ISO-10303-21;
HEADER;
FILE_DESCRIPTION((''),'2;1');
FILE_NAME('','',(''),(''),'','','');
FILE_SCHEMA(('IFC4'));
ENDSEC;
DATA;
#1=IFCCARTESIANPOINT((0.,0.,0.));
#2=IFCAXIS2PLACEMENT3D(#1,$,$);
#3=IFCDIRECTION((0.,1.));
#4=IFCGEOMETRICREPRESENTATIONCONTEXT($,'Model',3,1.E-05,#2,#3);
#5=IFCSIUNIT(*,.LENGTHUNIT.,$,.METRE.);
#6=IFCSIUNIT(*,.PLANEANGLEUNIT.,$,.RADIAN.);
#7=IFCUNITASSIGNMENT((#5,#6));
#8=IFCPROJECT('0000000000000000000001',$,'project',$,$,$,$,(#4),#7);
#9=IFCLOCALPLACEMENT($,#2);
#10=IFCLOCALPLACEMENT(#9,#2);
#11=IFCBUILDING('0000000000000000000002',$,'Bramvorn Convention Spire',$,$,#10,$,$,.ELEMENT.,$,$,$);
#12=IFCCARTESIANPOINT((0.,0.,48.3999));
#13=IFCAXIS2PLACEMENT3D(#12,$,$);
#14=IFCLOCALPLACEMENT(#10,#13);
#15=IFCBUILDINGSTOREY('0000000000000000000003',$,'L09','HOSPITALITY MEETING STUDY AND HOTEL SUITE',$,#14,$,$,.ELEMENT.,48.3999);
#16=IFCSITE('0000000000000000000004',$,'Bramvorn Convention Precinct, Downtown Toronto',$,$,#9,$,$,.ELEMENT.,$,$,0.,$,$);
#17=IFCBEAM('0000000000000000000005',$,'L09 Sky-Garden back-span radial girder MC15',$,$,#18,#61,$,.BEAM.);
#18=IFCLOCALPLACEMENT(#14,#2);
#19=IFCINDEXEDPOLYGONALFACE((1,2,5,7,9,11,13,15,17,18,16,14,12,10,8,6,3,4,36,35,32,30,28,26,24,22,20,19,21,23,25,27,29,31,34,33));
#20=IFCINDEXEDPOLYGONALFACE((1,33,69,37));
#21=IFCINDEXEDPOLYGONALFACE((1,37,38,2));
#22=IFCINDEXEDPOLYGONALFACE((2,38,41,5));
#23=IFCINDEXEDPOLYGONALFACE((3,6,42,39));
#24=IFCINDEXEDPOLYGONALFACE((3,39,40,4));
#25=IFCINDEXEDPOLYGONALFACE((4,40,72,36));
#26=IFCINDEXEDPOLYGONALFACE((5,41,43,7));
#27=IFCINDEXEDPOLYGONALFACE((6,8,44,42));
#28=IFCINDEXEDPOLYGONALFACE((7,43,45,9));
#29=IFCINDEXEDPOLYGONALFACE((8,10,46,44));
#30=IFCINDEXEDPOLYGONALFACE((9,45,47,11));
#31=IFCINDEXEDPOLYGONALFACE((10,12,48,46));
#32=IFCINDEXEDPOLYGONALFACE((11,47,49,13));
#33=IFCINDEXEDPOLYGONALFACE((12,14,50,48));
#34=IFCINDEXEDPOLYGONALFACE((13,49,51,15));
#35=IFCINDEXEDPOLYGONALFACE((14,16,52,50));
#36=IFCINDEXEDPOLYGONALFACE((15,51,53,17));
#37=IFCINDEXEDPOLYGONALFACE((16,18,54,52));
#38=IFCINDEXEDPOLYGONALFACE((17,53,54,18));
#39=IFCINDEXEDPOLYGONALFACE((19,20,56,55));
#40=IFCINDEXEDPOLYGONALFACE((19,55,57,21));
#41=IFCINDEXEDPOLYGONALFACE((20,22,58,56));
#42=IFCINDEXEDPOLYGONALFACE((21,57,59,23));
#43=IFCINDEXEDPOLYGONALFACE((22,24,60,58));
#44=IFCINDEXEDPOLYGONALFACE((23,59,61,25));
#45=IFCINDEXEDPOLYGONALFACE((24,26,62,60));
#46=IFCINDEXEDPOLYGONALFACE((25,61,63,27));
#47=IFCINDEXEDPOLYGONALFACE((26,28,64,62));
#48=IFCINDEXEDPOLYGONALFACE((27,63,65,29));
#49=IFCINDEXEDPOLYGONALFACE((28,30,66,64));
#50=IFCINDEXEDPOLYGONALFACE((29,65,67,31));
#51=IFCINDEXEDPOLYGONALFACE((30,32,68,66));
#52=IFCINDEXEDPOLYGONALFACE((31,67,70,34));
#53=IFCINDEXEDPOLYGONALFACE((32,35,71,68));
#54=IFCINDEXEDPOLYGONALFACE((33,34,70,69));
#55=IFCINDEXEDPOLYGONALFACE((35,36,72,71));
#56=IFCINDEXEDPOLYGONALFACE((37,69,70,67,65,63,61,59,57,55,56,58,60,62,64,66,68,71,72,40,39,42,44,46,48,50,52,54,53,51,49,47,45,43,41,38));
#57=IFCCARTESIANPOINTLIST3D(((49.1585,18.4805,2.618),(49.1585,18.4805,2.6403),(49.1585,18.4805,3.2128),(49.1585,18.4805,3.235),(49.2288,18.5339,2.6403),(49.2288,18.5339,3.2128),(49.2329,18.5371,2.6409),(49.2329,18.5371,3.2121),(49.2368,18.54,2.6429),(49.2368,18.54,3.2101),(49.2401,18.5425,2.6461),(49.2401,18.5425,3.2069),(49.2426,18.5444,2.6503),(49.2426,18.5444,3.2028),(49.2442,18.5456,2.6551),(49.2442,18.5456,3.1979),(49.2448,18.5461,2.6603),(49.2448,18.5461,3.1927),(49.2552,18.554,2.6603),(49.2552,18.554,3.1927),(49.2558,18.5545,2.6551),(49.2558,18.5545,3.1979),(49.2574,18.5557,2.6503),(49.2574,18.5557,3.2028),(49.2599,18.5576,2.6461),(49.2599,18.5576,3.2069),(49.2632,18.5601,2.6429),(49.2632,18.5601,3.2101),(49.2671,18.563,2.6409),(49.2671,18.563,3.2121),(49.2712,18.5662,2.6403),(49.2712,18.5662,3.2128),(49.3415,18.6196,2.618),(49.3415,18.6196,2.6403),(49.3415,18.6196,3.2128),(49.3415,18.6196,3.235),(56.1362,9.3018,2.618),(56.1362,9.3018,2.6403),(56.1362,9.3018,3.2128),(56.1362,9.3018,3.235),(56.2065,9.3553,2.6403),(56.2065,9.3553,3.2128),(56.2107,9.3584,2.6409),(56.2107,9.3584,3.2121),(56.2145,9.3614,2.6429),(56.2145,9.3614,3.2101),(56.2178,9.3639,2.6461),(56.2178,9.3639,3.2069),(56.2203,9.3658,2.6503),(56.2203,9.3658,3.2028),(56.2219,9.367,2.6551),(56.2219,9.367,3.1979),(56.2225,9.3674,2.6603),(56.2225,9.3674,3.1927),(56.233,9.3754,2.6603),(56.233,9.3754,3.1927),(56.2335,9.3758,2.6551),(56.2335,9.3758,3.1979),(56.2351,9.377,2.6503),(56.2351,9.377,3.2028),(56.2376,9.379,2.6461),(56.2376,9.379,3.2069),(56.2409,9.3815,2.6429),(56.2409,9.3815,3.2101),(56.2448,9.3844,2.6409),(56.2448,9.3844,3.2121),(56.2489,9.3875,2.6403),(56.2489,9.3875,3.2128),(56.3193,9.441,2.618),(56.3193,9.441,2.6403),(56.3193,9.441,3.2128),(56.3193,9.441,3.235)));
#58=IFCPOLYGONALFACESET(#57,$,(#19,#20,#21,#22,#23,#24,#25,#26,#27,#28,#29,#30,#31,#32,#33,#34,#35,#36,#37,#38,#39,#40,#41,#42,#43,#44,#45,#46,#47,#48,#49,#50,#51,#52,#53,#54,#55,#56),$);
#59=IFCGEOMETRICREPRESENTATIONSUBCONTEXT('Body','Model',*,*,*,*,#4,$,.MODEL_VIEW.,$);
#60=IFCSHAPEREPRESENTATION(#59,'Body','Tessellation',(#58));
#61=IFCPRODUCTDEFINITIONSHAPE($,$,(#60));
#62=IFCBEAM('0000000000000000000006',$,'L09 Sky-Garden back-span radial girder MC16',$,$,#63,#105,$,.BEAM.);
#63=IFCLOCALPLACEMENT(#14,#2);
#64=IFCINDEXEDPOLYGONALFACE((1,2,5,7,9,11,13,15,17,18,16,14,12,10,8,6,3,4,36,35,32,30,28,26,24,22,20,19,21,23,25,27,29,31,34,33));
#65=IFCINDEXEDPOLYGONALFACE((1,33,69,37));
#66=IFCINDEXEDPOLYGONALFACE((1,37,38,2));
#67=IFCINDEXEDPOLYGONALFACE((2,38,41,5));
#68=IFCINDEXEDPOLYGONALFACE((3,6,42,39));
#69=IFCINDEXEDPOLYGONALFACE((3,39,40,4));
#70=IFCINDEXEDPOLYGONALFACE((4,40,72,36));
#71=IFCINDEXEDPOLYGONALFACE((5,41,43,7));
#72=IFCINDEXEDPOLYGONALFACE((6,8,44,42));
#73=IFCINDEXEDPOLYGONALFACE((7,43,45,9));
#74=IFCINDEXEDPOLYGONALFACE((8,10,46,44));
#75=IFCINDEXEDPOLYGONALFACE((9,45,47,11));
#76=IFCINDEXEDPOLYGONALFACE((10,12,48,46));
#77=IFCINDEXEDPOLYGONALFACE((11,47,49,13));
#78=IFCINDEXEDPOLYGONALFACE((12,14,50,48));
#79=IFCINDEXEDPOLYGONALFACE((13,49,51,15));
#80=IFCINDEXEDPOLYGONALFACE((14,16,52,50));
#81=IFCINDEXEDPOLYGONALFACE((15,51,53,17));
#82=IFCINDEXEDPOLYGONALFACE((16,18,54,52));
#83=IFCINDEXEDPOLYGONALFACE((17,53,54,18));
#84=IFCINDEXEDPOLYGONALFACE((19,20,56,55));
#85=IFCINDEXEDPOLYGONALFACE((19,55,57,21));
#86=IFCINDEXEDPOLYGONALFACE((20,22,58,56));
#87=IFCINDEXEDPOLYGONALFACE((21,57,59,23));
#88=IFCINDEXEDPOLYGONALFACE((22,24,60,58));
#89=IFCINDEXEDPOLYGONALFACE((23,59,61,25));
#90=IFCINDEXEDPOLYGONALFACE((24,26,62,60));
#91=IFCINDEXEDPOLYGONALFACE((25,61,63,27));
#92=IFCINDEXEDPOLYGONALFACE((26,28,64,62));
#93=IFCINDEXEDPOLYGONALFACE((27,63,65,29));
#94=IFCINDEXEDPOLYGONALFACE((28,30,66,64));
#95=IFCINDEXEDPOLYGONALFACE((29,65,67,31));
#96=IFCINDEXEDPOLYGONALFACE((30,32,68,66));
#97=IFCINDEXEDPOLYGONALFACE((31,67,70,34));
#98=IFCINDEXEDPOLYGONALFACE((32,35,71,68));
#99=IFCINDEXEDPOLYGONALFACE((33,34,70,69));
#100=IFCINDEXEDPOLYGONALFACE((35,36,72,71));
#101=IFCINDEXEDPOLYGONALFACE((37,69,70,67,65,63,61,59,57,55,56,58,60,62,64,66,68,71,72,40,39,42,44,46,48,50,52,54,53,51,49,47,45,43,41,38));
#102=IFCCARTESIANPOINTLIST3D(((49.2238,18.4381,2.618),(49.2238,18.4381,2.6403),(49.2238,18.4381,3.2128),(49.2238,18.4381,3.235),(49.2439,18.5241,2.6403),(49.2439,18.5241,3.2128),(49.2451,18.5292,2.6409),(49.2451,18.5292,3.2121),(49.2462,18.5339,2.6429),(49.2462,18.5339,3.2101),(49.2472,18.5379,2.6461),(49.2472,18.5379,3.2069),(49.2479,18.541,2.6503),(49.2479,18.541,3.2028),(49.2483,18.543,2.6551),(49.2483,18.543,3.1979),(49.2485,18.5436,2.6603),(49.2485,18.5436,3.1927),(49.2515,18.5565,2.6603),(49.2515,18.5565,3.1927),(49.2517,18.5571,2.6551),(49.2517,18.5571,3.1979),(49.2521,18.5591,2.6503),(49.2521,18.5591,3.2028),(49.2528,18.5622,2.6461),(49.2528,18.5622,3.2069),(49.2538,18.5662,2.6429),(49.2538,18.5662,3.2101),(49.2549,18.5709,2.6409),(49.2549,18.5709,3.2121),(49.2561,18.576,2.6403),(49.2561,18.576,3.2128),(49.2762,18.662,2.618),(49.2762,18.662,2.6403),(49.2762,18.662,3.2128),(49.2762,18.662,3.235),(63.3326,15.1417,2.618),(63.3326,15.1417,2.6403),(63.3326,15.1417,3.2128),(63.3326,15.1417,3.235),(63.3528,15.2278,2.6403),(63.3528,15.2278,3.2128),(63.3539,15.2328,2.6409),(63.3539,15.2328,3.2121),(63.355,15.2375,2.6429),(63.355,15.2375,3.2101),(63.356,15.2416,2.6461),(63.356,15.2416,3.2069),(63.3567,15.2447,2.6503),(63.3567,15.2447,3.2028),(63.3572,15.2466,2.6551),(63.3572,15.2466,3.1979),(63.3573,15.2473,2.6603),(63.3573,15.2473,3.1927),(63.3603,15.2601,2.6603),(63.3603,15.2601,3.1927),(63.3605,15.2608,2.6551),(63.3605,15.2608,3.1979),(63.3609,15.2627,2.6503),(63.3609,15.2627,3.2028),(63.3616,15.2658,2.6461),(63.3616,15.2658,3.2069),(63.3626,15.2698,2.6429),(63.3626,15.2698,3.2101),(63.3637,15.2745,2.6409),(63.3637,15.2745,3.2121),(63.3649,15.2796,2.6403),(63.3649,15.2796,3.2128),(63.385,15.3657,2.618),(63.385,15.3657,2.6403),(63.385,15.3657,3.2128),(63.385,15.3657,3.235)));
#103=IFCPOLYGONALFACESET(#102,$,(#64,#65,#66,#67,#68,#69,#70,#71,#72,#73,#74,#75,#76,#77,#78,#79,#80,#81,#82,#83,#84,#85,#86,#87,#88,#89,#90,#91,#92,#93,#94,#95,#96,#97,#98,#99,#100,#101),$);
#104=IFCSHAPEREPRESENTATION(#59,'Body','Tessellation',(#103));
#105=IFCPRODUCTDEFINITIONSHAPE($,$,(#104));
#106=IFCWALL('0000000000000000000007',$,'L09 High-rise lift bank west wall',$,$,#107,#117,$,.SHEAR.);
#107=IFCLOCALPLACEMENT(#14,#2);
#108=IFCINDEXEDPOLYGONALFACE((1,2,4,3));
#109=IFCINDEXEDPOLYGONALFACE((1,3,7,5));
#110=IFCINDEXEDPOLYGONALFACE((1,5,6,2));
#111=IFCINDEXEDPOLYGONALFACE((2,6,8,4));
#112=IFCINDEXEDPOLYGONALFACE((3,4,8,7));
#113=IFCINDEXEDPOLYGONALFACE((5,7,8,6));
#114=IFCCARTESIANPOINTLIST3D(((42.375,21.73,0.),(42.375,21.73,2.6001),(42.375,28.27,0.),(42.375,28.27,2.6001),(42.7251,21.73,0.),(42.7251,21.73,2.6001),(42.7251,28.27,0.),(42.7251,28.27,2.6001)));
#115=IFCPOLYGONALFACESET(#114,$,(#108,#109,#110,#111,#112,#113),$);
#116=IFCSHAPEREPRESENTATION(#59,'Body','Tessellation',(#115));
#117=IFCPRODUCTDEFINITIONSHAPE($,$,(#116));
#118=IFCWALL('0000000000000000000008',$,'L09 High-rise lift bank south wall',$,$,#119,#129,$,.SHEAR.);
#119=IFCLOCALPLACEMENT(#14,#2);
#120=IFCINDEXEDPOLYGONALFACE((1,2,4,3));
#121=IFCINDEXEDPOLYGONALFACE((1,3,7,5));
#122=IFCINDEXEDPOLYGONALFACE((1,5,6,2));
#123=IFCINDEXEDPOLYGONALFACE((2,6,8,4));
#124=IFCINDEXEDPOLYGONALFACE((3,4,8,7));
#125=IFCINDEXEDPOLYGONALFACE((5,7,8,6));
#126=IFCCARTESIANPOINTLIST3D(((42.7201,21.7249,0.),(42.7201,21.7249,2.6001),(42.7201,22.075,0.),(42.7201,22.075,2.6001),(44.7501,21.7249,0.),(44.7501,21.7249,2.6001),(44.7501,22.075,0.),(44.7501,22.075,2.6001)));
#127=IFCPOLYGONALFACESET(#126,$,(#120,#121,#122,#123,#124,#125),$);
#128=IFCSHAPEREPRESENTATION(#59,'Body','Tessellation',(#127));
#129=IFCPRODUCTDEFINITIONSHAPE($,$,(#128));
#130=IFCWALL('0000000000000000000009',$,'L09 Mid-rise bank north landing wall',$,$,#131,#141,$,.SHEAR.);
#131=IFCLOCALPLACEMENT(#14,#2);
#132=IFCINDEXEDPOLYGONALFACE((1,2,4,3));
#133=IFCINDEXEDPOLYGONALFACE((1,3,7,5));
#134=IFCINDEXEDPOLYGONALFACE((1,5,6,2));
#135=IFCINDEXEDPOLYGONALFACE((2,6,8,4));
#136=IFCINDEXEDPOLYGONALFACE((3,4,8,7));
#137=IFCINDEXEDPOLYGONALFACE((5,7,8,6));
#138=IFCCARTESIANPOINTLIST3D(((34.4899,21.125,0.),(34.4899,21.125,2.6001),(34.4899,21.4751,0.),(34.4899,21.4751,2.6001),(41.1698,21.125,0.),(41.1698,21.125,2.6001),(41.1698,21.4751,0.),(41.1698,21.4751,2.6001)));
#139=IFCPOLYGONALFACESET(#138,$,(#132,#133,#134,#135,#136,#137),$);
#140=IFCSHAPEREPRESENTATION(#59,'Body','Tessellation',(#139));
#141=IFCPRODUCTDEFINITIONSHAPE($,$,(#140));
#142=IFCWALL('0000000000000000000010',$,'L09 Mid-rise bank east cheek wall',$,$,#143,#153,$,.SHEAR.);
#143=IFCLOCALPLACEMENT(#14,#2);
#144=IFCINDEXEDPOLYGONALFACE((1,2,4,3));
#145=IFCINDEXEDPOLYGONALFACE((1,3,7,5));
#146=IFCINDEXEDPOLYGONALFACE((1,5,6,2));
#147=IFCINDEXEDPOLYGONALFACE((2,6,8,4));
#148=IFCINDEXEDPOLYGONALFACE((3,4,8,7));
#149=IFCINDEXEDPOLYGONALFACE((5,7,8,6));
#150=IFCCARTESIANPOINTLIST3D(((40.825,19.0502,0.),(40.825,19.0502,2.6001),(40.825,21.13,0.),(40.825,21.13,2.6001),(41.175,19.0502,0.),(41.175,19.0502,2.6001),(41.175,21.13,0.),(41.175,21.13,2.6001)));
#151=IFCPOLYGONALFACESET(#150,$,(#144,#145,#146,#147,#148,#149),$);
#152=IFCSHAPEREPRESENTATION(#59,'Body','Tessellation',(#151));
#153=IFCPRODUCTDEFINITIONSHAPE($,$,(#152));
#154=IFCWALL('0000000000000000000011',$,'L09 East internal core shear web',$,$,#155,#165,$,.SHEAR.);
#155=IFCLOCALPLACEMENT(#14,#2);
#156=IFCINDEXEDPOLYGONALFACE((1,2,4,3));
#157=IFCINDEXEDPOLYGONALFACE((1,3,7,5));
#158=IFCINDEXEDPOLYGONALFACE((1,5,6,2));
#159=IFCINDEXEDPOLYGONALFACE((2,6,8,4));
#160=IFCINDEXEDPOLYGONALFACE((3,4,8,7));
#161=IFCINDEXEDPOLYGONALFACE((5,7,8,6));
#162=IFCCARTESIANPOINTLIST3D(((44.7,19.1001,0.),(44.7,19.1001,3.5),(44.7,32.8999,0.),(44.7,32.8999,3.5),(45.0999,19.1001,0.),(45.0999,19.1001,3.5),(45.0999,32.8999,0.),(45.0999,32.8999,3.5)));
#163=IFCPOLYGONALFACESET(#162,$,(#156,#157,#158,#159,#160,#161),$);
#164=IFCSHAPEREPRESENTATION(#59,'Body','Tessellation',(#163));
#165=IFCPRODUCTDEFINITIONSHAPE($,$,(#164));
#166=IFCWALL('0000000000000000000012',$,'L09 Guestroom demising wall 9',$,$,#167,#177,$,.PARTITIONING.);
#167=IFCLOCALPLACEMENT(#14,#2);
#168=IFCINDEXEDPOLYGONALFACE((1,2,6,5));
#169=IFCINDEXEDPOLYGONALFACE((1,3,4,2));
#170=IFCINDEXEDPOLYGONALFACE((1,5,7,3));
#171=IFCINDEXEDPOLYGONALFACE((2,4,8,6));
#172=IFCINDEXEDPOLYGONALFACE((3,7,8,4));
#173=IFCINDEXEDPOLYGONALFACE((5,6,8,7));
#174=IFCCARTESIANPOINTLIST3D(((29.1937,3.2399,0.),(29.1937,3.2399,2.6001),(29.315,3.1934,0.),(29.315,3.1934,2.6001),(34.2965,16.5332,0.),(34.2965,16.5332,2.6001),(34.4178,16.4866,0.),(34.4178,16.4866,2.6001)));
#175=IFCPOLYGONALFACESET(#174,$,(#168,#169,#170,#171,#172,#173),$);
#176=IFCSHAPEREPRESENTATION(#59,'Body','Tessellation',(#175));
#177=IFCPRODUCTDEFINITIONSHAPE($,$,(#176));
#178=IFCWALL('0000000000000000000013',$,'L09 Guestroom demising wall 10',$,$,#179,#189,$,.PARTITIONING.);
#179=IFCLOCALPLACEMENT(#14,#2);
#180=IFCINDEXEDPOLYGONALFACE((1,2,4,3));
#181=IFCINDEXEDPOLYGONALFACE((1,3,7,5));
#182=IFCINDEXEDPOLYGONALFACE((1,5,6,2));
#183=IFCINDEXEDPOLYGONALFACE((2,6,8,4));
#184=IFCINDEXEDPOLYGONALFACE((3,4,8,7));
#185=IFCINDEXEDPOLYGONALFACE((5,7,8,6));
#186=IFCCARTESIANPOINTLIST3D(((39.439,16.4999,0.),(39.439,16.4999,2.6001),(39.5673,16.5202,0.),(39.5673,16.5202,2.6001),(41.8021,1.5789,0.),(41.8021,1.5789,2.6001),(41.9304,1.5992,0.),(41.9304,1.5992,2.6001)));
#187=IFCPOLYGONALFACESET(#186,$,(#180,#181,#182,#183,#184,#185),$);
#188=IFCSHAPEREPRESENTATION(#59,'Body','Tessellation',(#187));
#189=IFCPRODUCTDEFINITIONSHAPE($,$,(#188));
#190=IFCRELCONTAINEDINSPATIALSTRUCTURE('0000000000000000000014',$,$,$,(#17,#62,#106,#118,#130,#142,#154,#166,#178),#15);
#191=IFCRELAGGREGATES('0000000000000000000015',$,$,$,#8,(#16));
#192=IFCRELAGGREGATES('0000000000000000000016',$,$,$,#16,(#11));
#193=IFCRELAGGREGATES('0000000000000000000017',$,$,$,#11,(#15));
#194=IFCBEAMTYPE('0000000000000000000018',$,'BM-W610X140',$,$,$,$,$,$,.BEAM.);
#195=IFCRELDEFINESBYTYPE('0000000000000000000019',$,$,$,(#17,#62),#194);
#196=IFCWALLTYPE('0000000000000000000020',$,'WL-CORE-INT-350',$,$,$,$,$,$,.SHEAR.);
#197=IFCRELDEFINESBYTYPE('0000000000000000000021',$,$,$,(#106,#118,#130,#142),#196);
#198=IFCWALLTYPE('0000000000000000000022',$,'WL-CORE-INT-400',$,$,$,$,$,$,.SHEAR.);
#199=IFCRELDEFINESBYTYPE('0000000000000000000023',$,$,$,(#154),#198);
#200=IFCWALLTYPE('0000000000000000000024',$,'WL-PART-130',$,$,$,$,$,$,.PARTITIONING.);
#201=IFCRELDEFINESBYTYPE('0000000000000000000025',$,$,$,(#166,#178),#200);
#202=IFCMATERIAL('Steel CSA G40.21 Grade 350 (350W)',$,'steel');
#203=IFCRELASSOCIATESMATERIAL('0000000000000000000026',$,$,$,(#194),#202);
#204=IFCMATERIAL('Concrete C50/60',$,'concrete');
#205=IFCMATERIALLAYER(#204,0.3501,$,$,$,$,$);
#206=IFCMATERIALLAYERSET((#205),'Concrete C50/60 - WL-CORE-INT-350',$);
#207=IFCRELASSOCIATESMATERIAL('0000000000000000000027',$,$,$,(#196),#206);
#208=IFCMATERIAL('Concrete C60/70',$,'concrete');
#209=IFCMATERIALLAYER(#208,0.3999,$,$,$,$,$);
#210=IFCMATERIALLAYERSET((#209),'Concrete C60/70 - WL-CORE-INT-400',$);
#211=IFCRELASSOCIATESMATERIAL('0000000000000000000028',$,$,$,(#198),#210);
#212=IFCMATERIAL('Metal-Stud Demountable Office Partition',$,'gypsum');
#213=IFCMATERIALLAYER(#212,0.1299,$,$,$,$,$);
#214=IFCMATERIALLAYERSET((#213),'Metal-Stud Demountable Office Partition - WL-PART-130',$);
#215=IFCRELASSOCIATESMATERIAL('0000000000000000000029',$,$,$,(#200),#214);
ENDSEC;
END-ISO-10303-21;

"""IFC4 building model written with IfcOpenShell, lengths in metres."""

from ifc_helpers import new_model, si_unit, direction, frame, frame_2d, origin, origin_2d, place, context, subcontext, project, spatial, rectangle, i_section, extrude, material, layer, layer_set, material_profile, profile_set, type_object, element, save


model = new_model("IFC4")

# Units and contexts
model_context = context("Model", 3, precision=1e-05, world=origin(), true_north=direction((0.0, 1.0)))
body_context = subcontext(model_context, "Body", "Model", "MODEL_VIEW")
ifc_project = project(units=[si_unit("LENGTHUNIT", "METRE"), si_unit("PLANEANGLEUNIT", "RADIAN")], contexts=[model_context])

# Site, building, storey
site_placement = place(None, origin())
site = spatial("IfcSite", under=ifc_project, at=site_placement, Name="Bramvorn Convention Precinct, Downtown Toronto", CompositionType="ELEMENT", RefElevation=0.0)
building_placement = place(site_placement, origin())
building = spatial("IfcBuilding", under=site, at=building_placement, Name="Bramvorn Convention Spire", CompositionType="ELEMENT")
storey_placement = place(building_placement, frame((0.0, 0.0, 48.3999)))
storey = spatial("IfcBuildingStorey", under=building, at=storey_placement, Name="L09", Description="HOSPITALITY MEETING STUDY AND HOTEL SUITE", CompositionType="ELEMENT", Elevation=48.3999)

# Beams
ifc_material_1 = material(Name="Steel CSA G40.21 Grade 350 (350W)", Category="steel")
ifc_material_profile_1 = material_profile(ifc_material_1, i_section(OverallWidth=0.23, OverallDepth=0.6169, WebThickness=0.0132, FlangeThickness=0.0222, FilletRadius=0.02, at=origin_2d()))
ifc_profile_set_1 = profile_set([ifc_material_profile_1], Name="Steel CSA G40.21 Grade 350 (350W) - W610X140")
beam_type_1 = type_object("IfcBeamType", Name="BM-W610X140", PredefinedType="BEAM", material=ifc_profile_set_1)
beam_1_placement = place(storey_placement, frame((49.25, 18.55, 2.9265), z_axis=(0.605191, -0.79608, 0.0), x_axis=(0.79608, 0.605191, 0.0)))
element("IfcBeam", 1, at=beam_1_placement, inside=storey, type_object=beam_type_1, Name="L09 Sky-Garden back-span radial girder MC15", PredefinedType="BEAM", context=body_context, shape_type="SweptSolid", body=[
    extrude(i_section(OverallWidth=0.23, OverallDepth=0.6169, WebThickness=0.0132, FlangeThickness=0.0222, FilletRadius=0.02, at=origin_2d()), origin(), (0.0, 0.0, 1.0), 11.5298),
])
beam_2_placement = place(storey_placement, frame((49.25, 18.55, 2.9265), z_axis=(0.973775, -0.227512, 0.0), x_axis=(0.227512, 0.973775, 0.0)))
element("IfcBeam", 2, at=beam_2_placement, inside=storey, type_object=beam_type_1, Name="L09 Sky-Garden back-span radial girder MC16", PredefinedType="BEAM", context=body_context, shape_type="SweptSolid", body=[
    extrude(i_section(OverallWidth=0.23, OverallDepth=0.6169, WebThickness=0.0132, FlangeThickness=0.0222, FilletRadius=0.02, at=origin_2d()), origin(), (0.0, 0.0, 1.0), 14.4888),
])

# Shared definitions
ifc_material_2 = material(Name="Concrete C60/70", Category="concrete")

# Walls
ifc_material_3 = material(Name="Concrete C50/60", Category="concrete")
ifc_layer_1 = layer(ifc_material_3, 0.3501)
ifc_layer_set_1 = layer_set([ifc_layer_1], Name="Concrete C50/60 - WL-CORE-INT-350")
wall_type_1 = type_object("IfcWallType", Name="WL-CORE-INT-350", PredefinedType="SHEAR", material=ifc_layer_set_1)
wall_1_placement = place(storey_placement, frame((42.55, 21.73, 0.0), z_axis=(0.0, 0.0, 1.0), x_axis=(0.0, 1.0, 0.0)))
element("IfcWall", 3, at=wall_1_placement, inside=storey, type_object=wall_type_1, Name="L09 High-rise lift bank west wall", PredefinedType="SHEAR", context=body_context, shape_type="SweptSolid", body=[
    extrude(rectangle(XDim=6.54, YDim=0.3501, at=frame_2d((3.27, 0.0))), origin(), (0.0, 0.0, 1.0), 2.6001),
])
wall_2_placement = place(storey_placement, frame((42.72, 21.8999, 0.0), z_axis=(0.0, 0.0, 1.0), x_axis=(1.0, 0.0, 0.0)))
element("IfcWall", 4, at=wall_2_placement, inside=storey, type_object=wall_type_1, Name="L09 High-rise lift bank south wall", PredefinedType="SHEAR", context=body_context, shape_type="SweptSolid", body=[
    extrude(rectangle(XDim=2.03, YDim=0.3501, at=frame_2d((1.0151, 0.0))), origin(), (0.0, 0.0, 1.0), 2.6001),
])
wall_3_placement = place(storey_placement, frame((34.49, 21.3, 0.0), z_axis=(0.0, 0.0, 1.0), x_axis=(1.0, 0.0, 0.0)))
element("IfcWall", 5, at=wall_3_placement, inside=storey, type_object=wall_type_1, Name="L09 Mid-rise bank north landing wall", PredefinedType="SHEAR", context=body_context, shape_type="SweptSolid", body=[
    extrude(rectangle(XDim=6.6799, YDim=0.3501, at=frame_2d((3.3398, 0.0))), origin(), (0.0, 0.0, 1.0), 2.6001),
])
wall_4_placement = place(storey_placement, frame((41.0, 19.05, 0.0), z_axis=(0.0, 0.0, 1.0), x_axis=(0.0, 1.0, 0.0)))
element("IfcWall", 6, at=wall_4_placement, inside=storey, type_object=wall_type_1, Name="L09 Mid-rise bank east cheek wall", PredefinedType="SHEAR", context=body_context, shape_type="SweptSolid", body=[
    extrude(rectangle(XDim=2.0798, YDim=0.3501, at=frame_2d((1.04, 0.0))), origin(), (0.0, 0.0, 1.0), 2.6001),
])
ifc_layer_2 = layer(ifc_material_2, 0.3999)
ifc_layer_set_2 = layer_set([ifc_layer_2], Name="Concrete C60/70 - WL-CORE-INT-400")
wall_type_2 = type_object("IfcWallType", Name="WL-CORE-INT-400", PredefinedType="SHEAR", material=ifc_layer_set_2)
wall_5_placement = place(storey_placement, frame((44.8999, 19.1001, 0.0), z_axis=(0.0, 0.0, 1.0), x_axis=(0.0, 1.0, 0.0)))
element("IfcWall", 7, at=wall_5_placement, inside=storey, type_object=wall_type_2, Name="L09 East internal core shear web", PredefinedType="SHEAR", context=body_context, shape_type="SweptSolid", body=[
    extrude(rectangle(XDim=13.7998, YDim=0.3999, at=frame_2d((6.8999, 0.0))), origin(), (0.0, 0.0, 1.0), 3.5),
])
ifc_material_4 = material(Name="Metal-Stud Demountable Office Partition", Category="gypsum")
ifc_layer_3 = layer(ifc_material_4, 0.1299)
ifc_layer_set_3 = layer_set([ifc_layer_3], Name="Metal-Stud Demountable Office Partition - WL-PART-130")
wall_type_3 = type_object("IfcWallType", Name="WL-PART-130", PredefinedType="PARTITIONING", material=ifc_layer_set_3)
wall_6_placement = place(storey_placement, frame((34.3572, 16.51, 0.0), z_axis=(0.0, 0.0, 1.0), x_axis=(-0.358368, -0.933581, 0.0)))
element("IfcWall", 8, at=wall_6_placement, inside=storey, type_object=wall_type_3, Name="L09 Guestroom demising wall 9", PredefinedType="PARTITIONING", context=body_context, shape_type="SweptSolid", body=[
    extrude(rectangle(XDim=14.239, YDim=0.1299, at=frame_2d((7.1196, 0.0))), origin(), (0.0, 0.0, 1.0), 2.6001),
])
wall_7_placement = place(storey_placement, frame((39.5032, 16.51, 0.0), z_axis=(0.0, 0.0, 1.0), x_axis=(0.156421, -0.98769, 0.0)))
element("IfcWall", 9, at=wall_7_placement, inside=storey, type_object=wall_type_3, Name="L09 Guestroom demising wall 10", PredefinedType="PARTITIONING", context=body_context, shape_type="SweptSolid", body=[
    extrude(rectangle(XDim=15.1069, YDim=0.1299, at=frame_2d((7.5535, 0.0))), origin(), (0.0, 0.0, 1.0), 2.6001),
])

save(model, "model.ifc")
